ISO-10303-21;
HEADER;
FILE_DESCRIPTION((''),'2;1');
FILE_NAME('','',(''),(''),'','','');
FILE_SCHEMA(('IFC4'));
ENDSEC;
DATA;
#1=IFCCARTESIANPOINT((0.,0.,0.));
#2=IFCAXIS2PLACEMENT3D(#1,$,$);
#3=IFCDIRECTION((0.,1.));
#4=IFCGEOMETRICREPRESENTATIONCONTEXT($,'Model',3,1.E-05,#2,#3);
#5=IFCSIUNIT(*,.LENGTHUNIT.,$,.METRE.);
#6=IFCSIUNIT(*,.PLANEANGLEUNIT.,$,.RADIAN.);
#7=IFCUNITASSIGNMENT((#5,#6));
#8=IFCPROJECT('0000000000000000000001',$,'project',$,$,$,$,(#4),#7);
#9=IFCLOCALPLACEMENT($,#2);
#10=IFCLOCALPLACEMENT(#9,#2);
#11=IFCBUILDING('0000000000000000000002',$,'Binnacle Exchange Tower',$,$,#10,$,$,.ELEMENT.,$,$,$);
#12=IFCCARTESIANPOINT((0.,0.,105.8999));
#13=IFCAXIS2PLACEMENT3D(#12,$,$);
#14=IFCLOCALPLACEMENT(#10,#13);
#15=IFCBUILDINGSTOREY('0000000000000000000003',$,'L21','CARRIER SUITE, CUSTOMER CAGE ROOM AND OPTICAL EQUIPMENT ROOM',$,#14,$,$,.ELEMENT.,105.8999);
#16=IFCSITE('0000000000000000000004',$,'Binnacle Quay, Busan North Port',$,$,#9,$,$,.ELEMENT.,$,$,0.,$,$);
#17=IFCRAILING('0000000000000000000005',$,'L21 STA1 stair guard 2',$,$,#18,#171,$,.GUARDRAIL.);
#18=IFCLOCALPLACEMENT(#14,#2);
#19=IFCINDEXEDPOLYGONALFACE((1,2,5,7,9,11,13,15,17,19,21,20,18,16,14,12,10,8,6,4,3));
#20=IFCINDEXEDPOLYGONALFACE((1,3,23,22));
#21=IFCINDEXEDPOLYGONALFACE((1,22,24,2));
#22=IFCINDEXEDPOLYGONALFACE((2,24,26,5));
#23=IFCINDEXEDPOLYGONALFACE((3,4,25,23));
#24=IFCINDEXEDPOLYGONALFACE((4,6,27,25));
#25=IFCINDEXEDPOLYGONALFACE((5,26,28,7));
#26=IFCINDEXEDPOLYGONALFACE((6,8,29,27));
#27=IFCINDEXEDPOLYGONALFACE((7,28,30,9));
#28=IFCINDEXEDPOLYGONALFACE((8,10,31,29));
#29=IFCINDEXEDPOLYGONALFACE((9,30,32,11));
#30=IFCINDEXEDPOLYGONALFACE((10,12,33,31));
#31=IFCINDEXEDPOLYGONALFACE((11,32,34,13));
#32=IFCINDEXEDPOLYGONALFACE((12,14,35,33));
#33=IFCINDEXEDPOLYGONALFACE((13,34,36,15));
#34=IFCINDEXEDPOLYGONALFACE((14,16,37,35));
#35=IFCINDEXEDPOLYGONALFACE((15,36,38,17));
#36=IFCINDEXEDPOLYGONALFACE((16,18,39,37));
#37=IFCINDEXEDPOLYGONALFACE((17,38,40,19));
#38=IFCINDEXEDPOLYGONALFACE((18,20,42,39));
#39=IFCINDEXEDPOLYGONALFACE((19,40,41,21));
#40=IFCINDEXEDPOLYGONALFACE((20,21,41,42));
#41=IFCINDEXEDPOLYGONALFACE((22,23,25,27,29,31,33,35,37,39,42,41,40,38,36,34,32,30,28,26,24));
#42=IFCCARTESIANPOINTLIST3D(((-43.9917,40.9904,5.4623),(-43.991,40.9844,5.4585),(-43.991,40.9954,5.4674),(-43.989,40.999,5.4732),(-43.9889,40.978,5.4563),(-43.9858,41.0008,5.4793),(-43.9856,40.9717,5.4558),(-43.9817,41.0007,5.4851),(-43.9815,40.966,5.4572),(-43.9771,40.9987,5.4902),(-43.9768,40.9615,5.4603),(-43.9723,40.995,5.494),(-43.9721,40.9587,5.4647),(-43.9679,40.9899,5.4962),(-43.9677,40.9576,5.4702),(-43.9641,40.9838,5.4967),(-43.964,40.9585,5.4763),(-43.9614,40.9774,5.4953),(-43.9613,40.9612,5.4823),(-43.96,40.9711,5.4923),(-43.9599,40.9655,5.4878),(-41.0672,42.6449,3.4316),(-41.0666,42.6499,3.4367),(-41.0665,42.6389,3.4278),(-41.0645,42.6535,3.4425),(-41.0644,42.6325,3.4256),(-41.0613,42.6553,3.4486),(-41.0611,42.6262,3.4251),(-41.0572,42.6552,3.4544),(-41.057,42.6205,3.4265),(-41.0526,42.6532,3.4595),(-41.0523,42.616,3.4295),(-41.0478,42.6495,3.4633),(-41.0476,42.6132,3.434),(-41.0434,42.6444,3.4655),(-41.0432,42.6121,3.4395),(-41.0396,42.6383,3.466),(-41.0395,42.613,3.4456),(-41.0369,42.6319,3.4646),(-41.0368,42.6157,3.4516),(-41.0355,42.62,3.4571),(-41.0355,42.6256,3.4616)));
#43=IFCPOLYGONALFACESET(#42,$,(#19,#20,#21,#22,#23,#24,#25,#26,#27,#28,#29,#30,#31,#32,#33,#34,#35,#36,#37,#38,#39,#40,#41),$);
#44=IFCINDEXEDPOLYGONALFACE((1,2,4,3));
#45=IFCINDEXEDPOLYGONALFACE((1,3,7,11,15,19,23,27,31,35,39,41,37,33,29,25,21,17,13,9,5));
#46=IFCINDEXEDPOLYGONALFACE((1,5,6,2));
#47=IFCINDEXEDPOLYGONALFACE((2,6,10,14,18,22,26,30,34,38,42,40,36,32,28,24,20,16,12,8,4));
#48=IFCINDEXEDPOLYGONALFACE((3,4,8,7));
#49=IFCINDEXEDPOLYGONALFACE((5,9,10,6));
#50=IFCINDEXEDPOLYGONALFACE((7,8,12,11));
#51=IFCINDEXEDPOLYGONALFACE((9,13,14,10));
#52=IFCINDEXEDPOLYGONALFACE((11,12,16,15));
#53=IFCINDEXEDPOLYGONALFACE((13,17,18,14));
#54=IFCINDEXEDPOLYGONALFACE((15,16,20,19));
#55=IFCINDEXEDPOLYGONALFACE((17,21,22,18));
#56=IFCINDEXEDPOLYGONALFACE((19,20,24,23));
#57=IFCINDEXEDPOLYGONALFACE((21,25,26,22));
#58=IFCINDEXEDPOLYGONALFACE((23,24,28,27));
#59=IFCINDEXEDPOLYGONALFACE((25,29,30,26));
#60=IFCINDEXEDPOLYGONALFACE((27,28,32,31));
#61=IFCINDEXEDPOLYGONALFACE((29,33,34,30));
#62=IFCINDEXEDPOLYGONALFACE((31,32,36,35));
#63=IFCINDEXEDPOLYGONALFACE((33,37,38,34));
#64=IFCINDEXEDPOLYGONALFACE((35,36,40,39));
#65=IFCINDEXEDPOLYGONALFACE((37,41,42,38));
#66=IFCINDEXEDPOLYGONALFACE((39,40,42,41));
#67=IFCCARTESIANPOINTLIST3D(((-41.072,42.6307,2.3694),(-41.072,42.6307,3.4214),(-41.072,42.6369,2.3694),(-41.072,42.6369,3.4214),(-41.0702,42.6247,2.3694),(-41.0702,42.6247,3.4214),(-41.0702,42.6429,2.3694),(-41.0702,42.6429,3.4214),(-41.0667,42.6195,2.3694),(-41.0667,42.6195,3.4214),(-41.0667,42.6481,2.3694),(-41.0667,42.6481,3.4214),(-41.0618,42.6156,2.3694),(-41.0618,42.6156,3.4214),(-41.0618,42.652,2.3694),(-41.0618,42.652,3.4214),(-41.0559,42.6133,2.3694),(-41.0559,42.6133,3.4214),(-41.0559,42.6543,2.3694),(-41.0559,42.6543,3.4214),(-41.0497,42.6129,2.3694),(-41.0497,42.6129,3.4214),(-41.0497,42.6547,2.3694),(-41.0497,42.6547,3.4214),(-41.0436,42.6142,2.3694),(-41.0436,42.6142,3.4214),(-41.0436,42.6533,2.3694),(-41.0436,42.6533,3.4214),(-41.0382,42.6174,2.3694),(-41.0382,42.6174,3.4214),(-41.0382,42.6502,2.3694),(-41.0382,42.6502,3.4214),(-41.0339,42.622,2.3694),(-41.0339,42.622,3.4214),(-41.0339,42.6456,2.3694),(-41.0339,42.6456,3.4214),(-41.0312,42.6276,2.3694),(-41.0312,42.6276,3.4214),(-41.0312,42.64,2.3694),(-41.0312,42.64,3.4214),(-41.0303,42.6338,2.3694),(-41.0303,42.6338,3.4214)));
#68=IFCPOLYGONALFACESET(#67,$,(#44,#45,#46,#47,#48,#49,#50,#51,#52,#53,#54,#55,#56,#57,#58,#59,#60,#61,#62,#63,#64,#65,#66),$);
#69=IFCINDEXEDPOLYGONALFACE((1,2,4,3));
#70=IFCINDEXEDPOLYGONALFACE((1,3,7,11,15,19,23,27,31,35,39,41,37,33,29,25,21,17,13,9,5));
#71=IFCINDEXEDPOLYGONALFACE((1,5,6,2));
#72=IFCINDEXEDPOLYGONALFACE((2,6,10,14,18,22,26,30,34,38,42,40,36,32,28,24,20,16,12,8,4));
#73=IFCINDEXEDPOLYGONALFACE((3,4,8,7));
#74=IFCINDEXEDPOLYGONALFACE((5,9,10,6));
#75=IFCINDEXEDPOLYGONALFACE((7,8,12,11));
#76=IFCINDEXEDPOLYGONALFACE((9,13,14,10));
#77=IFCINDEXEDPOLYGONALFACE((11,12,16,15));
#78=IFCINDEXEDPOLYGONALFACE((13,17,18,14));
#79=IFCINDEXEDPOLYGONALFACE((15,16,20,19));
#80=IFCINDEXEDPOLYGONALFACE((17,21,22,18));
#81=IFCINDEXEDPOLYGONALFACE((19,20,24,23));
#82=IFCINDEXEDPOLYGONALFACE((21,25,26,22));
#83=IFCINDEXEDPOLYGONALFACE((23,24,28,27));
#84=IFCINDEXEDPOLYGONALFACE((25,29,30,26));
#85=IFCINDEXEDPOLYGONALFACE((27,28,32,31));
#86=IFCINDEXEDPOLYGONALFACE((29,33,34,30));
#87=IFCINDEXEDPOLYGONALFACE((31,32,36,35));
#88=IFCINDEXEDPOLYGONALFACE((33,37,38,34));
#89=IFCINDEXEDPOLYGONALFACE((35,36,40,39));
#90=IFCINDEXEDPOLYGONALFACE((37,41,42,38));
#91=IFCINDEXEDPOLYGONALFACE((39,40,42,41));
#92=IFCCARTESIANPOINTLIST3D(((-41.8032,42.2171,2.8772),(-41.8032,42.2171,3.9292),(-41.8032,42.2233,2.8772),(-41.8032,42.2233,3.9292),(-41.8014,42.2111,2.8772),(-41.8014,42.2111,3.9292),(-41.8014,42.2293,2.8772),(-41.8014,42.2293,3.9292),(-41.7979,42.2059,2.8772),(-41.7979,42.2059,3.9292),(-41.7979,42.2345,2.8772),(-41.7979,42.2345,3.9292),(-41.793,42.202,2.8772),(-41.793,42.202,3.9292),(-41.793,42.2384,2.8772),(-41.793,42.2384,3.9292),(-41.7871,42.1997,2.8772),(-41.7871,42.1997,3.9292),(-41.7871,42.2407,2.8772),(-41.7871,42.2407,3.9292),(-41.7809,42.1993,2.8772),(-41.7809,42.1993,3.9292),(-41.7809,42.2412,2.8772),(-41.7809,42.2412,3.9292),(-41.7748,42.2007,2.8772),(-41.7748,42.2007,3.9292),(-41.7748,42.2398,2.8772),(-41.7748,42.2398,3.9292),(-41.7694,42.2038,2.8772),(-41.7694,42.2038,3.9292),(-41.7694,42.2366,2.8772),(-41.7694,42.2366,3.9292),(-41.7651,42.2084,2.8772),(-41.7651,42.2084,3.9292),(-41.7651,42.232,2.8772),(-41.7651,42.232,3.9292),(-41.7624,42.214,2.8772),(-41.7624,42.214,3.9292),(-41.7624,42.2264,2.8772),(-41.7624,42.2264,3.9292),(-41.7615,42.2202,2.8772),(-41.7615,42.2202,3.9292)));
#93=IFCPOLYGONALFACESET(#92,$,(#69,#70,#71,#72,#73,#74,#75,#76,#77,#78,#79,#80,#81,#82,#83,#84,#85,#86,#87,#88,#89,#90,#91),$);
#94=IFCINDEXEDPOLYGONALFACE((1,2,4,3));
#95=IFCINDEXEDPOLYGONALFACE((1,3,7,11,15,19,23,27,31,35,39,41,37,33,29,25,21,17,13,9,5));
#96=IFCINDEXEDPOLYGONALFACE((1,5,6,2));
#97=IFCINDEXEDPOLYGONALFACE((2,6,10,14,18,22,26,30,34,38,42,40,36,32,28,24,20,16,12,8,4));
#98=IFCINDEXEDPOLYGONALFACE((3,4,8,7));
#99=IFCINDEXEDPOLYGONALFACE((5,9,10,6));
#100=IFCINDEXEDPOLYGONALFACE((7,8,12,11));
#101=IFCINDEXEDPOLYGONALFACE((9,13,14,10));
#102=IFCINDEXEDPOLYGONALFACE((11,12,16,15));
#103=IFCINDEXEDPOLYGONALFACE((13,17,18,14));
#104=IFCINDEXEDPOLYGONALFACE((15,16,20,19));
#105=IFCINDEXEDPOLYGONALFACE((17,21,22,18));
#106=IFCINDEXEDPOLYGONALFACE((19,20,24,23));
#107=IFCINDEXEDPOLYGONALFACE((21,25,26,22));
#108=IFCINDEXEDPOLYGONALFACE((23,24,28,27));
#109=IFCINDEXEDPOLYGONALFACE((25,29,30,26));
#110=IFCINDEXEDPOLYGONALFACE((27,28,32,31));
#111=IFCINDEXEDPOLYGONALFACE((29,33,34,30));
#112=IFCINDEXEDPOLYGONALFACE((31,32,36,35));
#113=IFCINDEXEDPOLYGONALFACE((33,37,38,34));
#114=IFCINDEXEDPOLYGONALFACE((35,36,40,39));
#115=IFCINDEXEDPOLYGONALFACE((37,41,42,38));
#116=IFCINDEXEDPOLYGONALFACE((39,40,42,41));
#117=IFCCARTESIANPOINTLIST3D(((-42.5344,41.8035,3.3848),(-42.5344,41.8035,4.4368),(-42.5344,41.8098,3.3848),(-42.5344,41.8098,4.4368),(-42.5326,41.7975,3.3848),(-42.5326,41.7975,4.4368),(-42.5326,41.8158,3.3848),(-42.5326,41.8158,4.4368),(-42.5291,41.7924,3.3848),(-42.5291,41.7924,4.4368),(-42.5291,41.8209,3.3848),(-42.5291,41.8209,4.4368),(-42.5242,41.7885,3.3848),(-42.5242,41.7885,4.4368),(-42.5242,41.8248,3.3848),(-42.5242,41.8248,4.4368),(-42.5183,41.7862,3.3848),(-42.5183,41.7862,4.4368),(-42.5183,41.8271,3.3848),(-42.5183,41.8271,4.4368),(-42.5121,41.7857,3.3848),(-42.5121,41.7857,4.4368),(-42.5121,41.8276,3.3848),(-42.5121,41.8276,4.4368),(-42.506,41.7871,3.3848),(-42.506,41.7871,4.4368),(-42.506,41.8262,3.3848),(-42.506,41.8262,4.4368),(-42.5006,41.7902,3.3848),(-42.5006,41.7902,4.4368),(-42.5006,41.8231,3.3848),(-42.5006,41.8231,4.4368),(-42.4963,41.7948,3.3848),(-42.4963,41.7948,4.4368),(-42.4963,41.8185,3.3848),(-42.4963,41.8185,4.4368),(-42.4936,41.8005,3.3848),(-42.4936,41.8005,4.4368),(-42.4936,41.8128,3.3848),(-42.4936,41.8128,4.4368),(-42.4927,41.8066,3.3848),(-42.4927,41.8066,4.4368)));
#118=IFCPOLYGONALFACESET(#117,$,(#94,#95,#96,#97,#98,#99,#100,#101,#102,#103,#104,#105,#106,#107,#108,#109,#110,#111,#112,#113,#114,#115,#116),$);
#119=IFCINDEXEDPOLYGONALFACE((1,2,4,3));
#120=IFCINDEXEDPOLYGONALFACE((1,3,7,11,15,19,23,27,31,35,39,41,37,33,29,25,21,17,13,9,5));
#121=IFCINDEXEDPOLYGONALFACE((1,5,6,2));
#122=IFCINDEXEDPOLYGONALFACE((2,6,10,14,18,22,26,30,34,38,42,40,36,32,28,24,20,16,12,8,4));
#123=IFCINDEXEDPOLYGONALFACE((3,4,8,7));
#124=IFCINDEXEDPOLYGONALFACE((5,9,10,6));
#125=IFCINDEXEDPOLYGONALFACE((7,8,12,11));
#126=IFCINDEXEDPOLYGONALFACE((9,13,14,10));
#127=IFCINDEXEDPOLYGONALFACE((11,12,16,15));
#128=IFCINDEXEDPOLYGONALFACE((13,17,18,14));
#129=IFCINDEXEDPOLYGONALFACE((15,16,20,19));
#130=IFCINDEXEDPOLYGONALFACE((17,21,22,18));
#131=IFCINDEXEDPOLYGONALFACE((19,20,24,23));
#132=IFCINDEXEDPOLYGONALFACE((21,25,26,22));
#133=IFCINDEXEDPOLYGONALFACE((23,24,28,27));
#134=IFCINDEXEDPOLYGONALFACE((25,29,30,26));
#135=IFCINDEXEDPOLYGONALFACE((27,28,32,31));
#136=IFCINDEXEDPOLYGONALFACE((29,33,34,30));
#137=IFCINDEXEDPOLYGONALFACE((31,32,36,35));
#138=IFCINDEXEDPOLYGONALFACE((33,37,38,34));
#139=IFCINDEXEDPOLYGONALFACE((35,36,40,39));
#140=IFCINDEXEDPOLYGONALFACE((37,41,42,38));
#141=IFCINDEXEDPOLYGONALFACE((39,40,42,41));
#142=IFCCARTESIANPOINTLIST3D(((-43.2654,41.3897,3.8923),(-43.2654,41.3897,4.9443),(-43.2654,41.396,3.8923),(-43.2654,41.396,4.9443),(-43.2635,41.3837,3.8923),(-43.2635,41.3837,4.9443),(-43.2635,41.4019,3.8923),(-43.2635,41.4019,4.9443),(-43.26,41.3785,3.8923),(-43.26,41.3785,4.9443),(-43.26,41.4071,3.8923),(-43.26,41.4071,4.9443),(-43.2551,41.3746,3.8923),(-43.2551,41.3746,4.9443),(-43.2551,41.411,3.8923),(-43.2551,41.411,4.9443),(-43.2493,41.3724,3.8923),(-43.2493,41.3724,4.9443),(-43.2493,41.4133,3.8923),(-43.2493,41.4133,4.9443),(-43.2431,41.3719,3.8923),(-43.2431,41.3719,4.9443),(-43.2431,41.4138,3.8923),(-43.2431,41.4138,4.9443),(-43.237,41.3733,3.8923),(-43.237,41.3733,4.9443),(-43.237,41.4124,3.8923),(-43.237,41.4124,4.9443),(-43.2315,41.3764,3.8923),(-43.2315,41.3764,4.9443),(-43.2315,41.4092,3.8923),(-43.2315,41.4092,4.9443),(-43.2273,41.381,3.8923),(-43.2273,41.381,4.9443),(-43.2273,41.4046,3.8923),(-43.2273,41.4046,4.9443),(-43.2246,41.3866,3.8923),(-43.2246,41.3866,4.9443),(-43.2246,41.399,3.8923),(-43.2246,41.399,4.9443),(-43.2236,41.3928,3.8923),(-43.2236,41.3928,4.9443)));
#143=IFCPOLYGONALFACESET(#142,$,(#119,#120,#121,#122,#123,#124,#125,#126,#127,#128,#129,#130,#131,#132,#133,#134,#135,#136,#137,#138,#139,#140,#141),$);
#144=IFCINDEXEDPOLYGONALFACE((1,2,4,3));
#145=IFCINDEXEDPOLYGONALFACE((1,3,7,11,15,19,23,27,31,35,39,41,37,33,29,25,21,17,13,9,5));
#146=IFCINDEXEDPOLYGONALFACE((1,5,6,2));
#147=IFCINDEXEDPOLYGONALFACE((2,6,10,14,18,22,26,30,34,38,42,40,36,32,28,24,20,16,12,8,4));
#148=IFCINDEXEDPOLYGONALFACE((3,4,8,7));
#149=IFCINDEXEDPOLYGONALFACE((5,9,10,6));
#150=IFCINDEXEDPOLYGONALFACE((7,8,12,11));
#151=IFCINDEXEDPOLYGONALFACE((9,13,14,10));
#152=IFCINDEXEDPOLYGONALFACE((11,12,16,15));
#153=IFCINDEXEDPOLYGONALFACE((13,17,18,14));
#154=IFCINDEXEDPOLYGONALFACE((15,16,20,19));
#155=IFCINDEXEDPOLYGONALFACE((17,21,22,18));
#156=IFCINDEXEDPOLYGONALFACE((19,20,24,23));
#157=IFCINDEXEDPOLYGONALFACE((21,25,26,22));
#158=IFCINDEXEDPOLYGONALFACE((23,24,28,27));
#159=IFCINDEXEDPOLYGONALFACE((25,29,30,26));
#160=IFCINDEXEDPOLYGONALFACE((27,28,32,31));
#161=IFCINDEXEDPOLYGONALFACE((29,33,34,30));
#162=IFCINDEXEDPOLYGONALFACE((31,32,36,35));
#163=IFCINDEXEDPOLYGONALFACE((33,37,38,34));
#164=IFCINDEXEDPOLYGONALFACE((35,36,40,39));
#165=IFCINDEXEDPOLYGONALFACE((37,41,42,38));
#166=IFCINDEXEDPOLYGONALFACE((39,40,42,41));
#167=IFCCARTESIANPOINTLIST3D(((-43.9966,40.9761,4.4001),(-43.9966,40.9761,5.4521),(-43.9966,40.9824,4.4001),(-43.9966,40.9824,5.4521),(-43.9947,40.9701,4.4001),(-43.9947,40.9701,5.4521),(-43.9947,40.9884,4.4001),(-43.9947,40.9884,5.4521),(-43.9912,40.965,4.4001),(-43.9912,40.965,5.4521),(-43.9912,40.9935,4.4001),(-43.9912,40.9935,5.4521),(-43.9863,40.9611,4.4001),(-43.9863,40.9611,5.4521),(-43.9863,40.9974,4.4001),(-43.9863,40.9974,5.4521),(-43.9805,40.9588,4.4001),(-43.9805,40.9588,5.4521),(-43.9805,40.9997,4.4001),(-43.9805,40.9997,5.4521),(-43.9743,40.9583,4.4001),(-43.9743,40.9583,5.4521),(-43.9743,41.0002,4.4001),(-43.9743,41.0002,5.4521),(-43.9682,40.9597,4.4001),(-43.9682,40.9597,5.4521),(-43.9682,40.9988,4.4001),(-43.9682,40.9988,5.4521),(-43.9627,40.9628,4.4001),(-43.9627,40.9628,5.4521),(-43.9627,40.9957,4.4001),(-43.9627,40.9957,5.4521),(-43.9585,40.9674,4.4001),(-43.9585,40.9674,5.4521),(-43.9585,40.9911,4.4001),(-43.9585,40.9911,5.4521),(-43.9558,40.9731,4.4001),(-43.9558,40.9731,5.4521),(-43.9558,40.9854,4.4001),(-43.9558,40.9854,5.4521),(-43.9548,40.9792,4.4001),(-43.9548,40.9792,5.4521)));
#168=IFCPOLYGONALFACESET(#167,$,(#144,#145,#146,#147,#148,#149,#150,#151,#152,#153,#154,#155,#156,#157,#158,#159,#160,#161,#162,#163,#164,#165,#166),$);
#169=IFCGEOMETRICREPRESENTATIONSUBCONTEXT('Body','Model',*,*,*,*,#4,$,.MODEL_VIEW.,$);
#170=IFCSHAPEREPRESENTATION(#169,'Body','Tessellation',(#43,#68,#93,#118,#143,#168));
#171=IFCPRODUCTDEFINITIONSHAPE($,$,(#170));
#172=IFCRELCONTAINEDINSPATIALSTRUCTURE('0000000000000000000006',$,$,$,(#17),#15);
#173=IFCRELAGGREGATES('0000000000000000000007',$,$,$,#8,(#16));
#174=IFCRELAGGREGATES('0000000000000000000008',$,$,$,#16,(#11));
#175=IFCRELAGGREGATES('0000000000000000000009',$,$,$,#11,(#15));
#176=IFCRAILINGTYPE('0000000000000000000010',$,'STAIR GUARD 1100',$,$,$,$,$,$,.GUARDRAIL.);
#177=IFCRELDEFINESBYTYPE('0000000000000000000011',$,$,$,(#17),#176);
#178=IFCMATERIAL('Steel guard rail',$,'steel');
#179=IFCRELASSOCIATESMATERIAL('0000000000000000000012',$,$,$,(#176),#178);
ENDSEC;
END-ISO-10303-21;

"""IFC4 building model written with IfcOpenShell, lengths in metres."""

from ifc_helpers import new_model, si_unit, direction, frame, origin, origin_2d, place, context, subcontext, project, spatial, circle, extrude, material, type_object, element, save


model = new_model("IFC4")

# Units and contexts
model_context = context("Model", 3, precision=1e-05, world=origin(), true_north=direction((0.0, 1.0)))
body_context = subcontext(model_context, "Body", "Model", "MODEL_VIEW")
ifc_project = project(units=[si_unit("LENGTHUNIT", "METRE"), si_unit("PLANEANGLEUNIT", "RADIAN")], contexts=[model_context])

# Site, building, storey
site_placement = place(None, origin())
site = spatial("IfcSite", under=ifc_project, at=site_placement, Name="Binnacle Quay, Busan North Port", CompositionType="ELEMENT", RefElevation=0.0)
building_placement = place(site_placement, origin())
building = spatial("IfcBuilding", under=site, at=building_placement, Name="Binnacle Exchange Tower", CompositionType="ELEMENT")
storey_placement = place(building_placement, frame((0.0, 0.0, 105.8999)))
storey = spatial("IfcBuildingStorey", under=building, at=storey_placement, Name="L21", Description="CARRIER SUITE, CUSTOMER CAGE ROOM AND OPTICAL EQUIPMENT ROOM", CompositionType="ELEMENT", Elevation=105.8999)

# Railing
ifc_material_1 = material(Name="Steel guard rail", Category="steel")
railing_type_1 = type_object("IfcRailingType", Name="STAIR GUARD 1100", PredefinedType="GUARDRAIL", material=ifc_material_1)
railing_1_placement = place(storey_placement, frame((-41.0513, 42.6338, 2.3694)))
element("IfcRailing", 1, at=railing_1_placement, inside=storey, type_object=railing_type_1, Name="L21 STA1 stair guard 2", PredefinedType="GUARDRAIL", context=body_context, shape_type="SweptSolid", body=[
    extrude(circle(Radius=0.0239, at=origin_2d()), frame((0.0, 0.0, 1.0762), z_axis=(-0.744895, -0.421417, 0.517242), x_axis=(0.492402, -0.870368, 0.0)), (0.0, 0.0, 1.0), 3.926),
    extrude(circle(Radius=0.021, at=origin_2d()), origin(), (0.0, 0.0, 1.0), 1.052),
    extrude(circle(Radius=0.021, at=origin_2d()), frame((-0.7312, -0.4136, 0.5078)), (0.0, 0.0, 1.0), 1.052),
    extrude(circle(Radius=0.021, at=origin_2d()), frame((-1.4624, -0.8271, 1.0154)), (0.0, 0.0, 1.0), 1.052),
    extrude(circle(Radius=0.021, at=origin_2d()), frame((-2.1934, -1.241, 1.5229)), (0.0, 0.0, 1.0), 1.052),
    extrude(circle(Radius=0.021, at=origin_2d()), frame((-2.9246, -1.6545, 2.0308)), (0.0, 0.0, 1.0), 1.052),
])

save(model, "model.ifc")
